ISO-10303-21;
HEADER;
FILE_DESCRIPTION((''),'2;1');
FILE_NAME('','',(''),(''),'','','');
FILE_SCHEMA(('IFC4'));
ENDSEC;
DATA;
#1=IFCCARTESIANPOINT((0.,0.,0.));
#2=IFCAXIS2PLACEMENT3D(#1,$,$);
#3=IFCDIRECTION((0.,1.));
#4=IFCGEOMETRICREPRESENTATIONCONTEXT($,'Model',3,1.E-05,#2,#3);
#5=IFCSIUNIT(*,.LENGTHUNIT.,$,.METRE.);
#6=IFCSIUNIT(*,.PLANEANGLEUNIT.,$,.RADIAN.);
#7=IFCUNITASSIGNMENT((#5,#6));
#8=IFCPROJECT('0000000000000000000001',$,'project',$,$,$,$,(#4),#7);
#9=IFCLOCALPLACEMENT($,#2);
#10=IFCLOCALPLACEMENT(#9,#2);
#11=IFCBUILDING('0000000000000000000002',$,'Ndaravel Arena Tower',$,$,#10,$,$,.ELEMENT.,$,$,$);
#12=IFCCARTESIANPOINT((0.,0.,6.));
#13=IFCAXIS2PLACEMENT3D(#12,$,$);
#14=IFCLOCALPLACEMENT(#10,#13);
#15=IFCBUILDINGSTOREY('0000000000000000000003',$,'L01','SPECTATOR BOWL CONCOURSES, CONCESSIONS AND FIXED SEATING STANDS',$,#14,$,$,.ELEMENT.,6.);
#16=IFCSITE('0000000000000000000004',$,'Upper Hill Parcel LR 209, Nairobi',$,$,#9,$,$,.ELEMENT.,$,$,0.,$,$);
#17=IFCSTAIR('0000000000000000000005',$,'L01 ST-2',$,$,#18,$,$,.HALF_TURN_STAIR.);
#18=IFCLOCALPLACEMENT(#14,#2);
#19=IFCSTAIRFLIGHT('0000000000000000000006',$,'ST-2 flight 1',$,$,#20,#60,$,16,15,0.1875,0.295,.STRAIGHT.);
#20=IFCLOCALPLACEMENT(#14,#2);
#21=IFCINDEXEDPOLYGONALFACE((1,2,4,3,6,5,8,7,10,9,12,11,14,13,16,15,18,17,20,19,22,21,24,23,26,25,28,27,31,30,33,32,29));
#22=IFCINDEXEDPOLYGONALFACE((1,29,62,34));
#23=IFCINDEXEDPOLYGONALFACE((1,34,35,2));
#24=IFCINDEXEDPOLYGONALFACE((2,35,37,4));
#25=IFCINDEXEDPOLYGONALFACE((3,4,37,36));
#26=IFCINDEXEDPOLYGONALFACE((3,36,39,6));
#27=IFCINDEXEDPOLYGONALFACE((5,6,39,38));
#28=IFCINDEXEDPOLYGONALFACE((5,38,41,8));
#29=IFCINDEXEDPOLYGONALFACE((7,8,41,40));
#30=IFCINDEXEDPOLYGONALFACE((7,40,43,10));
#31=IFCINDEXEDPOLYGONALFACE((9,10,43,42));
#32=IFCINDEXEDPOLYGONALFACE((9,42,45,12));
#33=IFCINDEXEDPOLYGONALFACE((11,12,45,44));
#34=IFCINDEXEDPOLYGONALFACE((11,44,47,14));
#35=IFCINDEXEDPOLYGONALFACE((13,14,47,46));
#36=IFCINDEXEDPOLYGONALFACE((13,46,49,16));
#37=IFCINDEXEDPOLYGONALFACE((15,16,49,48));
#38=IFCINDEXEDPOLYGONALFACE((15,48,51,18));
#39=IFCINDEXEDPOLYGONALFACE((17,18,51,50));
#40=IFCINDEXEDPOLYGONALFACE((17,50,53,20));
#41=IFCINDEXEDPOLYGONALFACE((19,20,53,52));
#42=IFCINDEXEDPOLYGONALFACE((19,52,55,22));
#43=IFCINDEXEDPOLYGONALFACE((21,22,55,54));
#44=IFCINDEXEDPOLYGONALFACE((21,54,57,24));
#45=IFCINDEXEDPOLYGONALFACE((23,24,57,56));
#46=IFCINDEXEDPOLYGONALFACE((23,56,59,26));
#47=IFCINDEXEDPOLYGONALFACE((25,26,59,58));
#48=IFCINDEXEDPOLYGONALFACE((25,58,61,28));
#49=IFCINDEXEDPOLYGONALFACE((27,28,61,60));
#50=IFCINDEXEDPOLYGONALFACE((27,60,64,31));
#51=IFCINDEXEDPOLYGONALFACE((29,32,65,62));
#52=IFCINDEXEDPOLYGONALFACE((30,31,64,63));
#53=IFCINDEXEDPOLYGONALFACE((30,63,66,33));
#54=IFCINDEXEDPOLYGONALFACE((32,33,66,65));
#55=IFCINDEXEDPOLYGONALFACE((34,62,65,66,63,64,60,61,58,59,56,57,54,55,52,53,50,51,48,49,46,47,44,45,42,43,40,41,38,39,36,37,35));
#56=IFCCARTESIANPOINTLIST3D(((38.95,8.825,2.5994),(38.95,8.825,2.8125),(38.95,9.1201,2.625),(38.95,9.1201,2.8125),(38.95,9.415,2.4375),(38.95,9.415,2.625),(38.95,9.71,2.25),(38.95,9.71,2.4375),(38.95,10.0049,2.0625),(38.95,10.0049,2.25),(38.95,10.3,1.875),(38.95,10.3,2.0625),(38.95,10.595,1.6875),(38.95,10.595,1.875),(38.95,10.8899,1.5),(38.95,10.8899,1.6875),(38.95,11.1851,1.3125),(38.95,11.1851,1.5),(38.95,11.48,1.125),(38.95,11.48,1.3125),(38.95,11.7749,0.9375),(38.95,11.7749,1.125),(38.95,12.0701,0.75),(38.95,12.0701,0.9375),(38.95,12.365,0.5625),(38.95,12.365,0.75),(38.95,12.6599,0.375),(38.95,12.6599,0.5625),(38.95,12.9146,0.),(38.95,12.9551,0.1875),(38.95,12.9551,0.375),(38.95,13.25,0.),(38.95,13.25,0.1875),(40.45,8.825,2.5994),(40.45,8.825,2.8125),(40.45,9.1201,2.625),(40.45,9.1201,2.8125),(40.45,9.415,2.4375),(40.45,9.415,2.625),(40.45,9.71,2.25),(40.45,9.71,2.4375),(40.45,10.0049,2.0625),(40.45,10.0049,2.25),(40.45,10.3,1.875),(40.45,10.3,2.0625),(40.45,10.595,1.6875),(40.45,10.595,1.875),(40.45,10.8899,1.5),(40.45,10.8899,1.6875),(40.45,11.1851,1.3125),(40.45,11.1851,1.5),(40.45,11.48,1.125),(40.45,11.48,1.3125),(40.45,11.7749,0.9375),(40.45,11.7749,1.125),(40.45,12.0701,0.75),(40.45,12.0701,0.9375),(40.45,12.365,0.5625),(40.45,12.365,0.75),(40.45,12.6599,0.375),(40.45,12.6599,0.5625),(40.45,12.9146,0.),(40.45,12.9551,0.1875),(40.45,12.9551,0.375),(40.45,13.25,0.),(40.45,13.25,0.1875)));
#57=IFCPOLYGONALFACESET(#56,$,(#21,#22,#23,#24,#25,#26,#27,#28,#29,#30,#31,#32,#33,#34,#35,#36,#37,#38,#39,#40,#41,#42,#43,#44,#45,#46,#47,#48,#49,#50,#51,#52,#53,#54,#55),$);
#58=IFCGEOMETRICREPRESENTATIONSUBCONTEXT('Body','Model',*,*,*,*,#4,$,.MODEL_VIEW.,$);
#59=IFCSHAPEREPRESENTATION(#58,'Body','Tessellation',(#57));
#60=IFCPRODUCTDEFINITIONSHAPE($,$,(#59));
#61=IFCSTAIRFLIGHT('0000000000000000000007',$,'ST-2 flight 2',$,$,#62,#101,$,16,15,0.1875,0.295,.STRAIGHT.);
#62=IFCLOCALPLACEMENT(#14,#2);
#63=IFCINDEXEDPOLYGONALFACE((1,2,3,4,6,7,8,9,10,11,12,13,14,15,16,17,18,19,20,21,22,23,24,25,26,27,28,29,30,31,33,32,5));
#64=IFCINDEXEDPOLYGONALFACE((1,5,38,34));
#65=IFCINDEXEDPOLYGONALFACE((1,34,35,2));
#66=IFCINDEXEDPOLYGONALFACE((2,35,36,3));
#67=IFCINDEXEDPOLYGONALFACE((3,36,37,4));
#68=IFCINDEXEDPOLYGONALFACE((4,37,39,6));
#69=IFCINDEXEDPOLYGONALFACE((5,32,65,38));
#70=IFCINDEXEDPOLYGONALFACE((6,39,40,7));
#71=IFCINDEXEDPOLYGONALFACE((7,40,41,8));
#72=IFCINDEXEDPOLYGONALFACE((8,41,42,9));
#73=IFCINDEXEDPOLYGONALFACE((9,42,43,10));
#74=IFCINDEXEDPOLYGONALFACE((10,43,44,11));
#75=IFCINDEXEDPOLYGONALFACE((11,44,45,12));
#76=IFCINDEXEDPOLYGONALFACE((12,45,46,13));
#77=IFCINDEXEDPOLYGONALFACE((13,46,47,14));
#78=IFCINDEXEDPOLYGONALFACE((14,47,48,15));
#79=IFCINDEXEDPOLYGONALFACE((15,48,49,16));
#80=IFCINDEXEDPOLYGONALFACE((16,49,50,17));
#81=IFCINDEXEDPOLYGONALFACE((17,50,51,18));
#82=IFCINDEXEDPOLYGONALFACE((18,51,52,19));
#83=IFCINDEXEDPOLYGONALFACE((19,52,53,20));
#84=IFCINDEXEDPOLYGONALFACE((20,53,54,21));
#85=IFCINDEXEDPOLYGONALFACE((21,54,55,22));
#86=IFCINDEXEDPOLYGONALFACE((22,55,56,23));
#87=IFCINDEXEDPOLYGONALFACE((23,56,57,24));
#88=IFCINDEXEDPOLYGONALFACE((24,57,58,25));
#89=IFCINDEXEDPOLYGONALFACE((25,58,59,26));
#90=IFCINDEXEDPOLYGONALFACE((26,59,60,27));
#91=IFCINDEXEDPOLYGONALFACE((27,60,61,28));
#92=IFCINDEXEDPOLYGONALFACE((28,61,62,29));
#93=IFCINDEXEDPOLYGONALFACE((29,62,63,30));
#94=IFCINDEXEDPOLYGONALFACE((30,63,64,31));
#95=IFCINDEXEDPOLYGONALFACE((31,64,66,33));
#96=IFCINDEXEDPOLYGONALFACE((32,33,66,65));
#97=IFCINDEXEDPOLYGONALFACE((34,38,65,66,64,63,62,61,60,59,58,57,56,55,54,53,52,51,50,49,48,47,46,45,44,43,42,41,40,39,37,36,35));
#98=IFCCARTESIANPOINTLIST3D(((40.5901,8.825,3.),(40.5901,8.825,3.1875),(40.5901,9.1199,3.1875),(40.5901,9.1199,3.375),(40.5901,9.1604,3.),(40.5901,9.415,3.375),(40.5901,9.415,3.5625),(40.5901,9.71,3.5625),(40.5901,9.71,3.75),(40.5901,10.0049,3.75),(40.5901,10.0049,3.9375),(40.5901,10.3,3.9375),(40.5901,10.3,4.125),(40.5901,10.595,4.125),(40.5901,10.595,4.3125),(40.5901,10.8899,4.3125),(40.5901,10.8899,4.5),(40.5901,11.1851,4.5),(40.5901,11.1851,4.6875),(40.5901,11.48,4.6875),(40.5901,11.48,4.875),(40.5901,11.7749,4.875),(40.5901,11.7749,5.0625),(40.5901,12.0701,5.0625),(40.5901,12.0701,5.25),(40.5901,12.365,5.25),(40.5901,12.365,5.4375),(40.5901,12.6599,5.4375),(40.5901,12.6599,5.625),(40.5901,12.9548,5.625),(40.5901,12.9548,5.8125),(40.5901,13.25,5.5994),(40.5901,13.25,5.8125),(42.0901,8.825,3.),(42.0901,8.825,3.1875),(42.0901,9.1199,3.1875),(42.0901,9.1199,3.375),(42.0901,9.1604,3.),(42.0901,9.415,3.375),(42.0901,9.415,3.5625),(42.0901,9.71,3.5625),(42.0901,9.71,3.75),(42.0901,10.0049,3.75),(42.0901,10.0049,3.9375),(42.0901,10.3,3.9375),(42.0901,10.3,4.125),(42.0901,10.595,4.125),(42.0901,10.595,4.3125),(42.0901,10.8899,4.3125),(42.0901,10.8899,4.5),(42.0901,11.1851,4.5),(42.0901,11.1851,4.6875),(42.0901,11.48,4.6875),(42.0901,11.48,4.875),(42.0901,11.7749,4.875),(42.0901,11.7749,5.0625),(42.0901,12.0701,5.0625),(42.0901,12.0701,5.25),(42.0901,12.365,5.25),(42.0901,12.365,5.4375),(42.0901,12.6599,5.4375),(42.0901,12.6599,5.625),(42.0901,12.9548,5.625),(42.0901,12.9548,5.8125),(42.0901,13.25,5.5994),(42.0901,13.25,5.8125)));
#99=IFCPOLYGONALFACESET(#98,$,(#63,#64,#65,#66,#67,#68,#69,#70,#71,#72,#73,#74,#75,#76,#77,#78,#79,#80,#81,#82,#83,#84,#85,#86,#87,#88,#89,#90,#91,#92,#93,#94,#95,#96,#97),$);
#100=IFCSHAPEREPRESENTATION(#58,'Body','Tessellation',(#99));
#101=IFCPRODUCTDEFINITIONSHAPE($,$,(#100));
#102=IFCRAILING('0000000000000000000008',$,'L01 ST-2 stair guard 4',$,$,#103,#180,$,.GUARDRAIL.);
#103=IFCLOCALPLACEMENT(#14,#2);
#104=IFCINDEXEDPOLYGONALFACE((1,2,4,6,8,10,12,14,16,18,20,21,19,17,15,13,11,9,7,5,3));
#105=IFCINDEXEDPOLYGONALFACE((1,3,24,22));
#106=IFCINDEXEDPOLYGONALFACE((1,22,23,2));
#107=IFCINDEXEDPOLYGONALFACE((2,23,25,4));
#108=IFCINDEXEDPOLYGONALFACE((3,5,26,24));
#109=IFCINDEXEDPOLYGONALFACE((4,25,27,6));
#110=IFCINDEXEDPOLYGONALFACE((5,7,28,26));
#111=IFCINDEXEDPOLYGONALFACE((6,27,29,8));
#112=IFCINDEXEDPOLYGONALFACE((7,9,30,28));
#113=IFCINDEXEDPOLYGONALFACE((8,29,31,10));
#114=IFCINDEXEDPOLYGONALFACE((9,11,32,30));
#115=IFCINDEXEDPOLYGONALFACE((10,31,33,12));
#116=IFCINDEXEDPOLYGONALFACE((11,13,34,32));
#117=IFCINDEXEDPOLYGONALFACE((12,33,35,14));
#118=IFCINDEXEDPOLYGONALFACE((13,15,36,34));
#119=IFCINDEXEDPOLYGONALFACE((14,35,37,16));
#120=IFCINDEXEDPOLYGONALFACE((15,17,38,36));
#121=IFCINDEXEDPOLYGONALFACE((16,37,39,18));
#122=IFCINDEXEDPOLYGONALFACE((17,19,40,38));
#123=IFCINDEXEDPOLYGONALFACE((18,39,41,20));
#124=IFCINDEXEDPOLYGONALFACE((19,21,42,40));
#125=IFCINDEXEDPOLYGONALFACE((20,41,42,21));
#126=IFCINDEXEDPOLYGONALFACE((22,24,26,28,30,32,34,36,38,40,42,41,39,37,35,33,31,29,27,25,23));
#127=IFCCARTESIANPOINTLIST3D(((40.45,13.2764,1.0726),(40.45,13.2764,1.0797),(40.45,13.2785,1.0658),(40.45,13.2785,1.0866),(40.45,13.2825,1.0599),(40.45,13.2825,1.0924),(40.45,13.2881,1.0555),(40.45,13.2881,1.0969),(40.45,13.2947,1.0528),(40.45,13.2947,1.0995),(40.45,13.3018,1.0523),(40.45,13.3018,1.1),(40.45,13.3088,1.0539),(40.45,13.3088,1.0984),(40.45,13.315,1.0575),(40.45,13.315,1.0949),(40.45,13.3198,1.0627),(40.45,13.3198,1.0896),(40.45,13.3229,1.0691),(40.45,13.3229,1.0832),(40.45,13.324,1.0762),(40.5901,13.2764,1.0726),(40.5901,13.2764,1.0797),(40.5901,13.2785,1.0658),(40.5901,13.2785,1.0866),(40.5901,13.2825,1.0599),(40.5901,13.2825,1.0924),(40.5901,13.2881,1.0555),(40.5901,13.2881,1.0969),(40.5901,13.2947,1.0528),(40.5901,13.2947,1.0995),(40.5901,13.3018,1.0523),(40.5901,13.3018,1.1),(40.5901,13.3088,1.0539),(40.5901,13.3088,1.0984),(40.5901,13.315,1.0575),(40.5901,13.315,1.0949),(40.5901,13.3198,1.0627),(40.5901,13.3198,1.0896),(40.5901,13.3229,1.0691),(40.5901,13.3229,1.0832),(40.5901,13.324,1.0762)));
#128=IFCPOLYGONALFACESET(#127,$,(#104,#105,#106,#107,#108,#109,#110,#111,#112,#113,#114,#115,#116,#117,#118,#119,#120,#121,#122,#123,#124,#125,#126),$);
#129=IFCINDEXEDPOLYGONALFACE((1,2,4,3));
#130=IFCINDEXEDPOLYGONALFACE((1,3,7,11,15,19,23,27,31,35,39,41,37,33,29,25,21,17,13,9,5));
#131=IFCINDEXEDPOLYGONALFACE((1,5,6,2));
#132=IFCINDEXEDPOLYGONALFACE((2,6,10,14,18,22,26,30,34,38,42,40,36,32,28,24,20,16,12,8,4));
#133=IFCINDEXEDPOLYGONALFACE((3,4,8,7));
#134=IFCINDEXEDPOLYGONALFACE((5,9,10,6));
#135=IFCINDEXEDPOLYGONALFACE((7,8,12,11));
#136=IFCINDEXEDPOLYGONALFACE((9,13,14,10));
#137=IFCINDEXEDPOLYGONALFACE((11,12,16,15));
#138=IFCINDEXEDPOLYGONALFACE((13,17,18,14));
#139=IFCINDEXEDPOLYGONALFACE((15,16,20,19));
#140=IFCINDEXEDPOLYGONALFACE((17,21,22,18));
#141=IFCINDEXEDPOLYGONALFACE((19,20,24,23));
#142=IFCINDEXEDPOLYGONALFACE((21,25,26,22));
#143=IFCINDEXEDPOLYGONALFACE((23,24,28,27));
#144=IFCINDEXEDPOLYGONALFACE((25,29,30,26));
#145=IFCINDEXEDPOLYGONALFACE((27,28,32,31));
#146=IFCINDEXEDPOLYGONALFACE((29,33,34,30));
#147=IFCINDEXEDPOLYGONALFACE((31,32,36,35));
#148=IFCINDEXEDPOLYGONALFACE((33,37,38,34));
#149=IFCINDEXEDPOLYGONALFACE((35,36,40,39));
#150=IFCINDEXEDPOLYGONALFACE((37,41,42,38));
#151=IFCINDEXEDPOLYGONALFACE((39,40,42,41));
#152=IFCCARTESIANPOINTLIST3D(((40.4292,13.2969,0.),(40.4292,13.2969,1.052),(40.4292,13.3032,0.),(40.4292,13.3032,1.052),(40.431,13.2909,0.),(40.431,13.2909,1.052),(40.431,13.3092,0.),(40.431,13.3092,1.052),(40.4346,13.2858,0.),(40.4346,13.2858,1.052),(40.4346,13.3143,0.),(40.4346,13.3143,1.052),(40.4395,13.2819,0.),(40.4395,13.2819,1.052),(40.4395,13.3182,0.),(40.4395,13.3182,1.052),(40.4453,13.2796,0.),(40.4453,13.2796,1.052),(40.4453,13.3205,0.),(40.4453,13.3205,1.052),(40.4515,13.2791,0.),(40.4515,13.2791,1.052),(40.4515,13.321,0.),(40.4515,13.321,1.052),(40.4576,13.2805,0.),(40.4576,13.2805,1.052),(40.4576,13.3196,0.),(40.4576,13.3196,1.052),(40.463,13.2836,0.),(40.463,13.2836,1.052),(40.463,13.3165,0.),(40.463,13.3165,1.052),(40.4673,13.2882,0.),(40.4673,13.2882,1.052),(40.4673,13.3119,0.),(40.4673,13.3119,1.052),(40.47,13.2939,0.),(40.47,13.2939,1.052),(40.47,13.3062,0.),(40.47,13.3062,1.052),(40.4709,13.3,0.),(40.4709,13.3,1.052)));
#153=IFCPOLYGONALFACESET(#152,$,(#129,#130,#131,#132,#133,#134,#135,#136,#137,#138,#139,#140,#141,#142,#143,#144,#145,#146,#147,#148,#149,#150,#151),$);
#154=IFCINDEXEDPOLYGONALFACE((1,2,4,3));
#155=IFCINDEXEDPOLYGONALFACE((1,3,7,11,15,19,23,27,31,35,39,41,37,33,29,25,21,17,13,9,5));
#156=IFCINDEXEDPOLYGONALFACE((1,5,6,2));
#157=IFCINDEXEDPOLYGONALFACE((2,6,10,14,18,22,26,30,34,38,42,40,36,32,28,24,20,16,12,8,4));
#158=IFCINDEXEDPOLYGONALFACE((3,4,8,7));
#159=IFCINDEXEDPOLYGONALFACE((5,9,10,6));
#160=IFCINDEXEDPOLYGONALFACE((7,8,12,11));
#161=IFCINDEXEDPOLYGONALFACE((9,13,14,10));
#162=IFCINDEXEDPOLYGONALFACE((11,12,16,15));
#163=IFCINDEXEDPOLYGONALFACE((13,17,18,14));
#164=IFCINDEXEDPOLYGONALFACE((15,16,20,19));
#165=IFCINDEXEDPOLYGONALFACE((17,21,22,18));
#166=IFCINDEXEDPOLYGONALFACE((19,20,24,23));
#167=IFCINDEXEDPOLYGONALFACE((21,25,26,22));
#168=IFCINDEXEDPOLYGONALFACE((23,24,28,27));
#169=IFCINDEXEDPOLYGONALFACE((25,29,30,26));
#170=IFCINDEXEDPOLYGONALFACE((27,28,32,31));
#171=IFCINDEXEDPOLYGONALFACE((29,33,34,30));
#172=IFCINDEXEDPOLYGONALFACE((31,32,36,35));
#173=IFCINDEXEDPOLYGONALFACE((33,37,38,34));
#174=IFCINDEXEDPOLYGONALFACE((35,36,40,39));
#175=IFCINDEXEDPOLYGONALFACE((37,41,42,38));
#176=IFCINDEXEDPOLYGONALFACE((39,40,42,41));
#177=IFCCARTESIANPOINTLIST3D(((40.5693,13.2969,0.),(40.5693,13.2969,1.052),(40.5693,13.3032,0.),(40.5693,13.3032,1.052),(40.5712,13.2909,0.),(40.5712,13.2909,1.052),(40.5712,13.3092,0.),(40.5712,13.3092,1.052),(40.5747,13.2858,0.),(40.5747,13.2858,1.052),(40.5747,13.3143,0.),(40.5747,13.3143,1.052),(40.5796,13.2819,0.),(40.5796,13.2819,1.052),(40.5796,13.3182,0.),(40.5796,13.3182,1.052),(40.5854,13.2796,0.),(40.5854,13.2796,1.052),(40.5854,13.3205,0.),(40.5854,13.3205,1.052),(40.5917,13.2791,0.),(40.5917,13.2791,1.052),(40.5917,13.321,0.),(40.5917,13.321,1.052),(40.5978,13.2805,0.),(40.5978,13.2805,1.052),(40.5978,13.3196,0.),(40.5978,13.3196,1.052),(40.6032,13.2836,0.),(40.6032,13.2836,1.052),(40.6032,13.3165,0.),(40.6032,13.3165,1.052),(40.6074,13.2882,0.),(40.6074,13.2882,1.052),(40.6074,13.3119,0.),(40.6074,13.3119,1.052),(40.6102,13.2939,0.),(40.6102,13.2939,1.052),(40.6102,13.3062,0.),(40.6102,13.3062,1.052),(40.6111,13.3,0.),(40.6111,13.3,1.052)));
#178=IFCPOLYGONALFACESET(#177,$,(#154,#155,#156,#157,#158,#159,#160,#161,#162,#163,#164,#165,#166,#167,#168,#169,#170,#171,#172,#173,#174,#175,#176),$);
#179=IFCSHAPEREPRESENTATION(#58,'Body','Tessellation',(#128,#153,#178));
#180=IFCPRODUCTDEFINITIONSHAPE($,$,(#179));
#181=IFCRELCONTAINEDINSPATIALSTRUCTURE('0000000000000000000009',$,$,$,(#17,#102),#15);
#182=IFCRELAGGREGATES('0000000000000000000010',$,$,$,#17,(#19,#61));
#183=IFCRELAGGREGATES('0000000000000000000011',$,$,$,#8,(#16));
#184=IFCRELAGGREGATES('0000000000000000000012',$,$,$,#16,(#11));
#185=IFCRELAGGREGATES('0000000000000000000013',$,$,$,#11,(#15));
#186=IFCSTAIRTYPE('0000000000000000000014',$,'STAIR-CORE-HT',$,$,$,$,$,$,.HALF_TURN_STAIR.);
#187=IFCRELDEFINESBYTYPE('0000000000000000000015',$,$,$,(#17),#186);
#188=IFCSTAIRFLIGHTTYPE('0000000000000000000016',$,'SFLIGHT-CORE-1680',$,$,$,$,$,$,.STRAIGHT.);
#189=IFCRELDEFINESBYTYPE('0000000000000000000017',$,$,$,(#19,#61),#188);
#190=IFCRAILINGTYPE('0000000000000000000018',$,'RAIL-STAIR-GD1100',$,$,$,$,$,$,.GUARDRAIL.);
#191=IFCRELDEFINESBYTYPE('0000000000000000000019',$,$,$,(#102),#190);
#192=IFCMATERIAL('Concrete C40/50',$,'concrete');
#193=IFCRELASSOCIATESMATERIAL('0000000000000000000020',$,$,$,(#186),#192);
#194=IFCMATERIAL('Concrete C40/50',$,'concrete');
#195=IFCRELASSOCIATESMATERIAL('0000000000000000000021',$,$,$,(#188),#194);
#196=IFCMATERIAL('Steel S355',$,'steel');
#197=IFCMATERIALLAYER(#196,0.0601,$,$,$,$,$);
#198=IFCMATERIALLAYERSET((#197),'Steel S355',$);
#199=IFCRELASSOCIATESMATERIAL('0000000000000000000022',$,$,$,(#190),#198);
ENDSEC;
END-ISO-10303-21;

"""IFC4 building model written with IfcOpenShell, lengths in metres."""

from ifc_helpers import new_model, si_unit, direction, frame, origin, origin_2d, place, context, subcontext, project, spatial, polyline, circle, outline, extrude, material, layer, layer_set, type_object, element, aggregate, save


model = new_model("IFC4")

# Units and contexts
model_context = context("Model", 3, precision=1e-05, world=origin(), true_north=direction((0.0, 1.0)))
body_context = subcontext(model_context, "Body", "Model", "MODEL_VIEW")
ifc_project = project(units=[si_unit("LENGTHUNIT", "METRE"), si_unit("PLANEANGLEUNIT", "RADIAN")], contexts=[model_context])

# Site, building, storey
site_placement = place(None, origin())
site = spatial("IfcSite", under=ifc_project, at=site_placement, Name="Upper Hill Parcel LR 209, Nairobi", CompositionType="ELEMENT", RefElevation=0.0)
building_placement = place(site_placement, origin())
building = spatial("IfcBuilding", under=site, at=building_placement, Name="Ndaravel Arena Tower", CompositionType="ELEMENT")
storey_placement = place(building_placement, frame((0.0, 0.0, 6.0)))
storey = spatial("IfcBuildingStorey", under=building, at=storey_placement, Name="L01", Description="SPECTATOR BOWL CONCOURSES, CONCESSIONS AND FIXED SEATING STANDS", CompositionType="ELEMENT", Elevation=6.0)

# Stair, stair flights
ifc_material_1 = material(Name="Concrete C40/50", Category="concrete")
stair_type = type_object("IfcStairType", Name="STAIR-CORE-HT", PredefinedType="HALF_TURN_STAIR", material=ifc_material_1)
stair_placement = place(storey_placement, origin())
stair = element("IfcStair", 1, at=stair_placement, inside=storey, type_object=stair_type, Name="L01 ST-2", PredefinedType="HALF_TURN_STAIR")
ifc_material_2 = material(Name="Concrete C40/50", Category="concrete")
stair_flight_type = type_object("IfcStairFlightType", Name="SFLIGHT-CORE-1680", PredefinedType="STRAIGHT", material=ifc_material_2)
stair_flight_1_placement = place(storey_placement, frame((39.7, 13.25, 0.0), z_axis=(0.0, 0.0, 1.0), x_axis=(0.0, -1.0, 0.0)))
stair_flight_1 = element("IfcStairFlight", 2, at=stair_flight_1_placement, type_object=stair_flight_type, Name="ST-2 flight 1", NumberOfRisers=16, NumberOfTreads=15, PredefinedType="STRAIGHT", RiserHeight=0.1875, TreadLength=0.295, context=body_context, shape_type="SweptSolid", body=[
    extrude(outline(polyline([(0.0, 0.0), (0.0, 0.1875), (0.2949, 0.1875), (0.2949, 0.375), (0.5901, 0.375), (0.5901, 0.5625), (0.885, 0.5625), (0.885, 0.75), (1.1799, 0.75), (1.1799, 0.9375), (1.4751, 0.9375), (1.4751, 1.125), (1.77, 1.125), (1.77, 1.3125), (2.0649, 1.3125), (2.0649, 1.5), (2.3601, 1.5), (2.3601, 1.6875), (2.655, 1.6875), (2.655, 1.875), (2.95, 1.875), (2.95, 2.0625), (3.2451, 2.0625), (3.2451, 2.25), (3.54, 2.25), (3.54, 2.4375), (3.835, 2.4375), (3.835, 2.625), (4.1299, 2.625), (4.1299, 2.8125), (4.425, 2.8125), (4.425, 3.0), (4.425, 2.5994), (0.3354, 0.0), (0.0, 0.0)])), frame((0.0, 0.75, 0.0), z_axis=(0.0, -1.0, 0.0), x_axis=(1.0, 0.0, 0.0)), (0.0, 0.0, 1.0), 1.5),
])
stair_flight_2_placement = place(storey_placement, frame((41.3401, 8.825, 3.0), z_axis=(0.0, 0.0, 1.0), x_axis=(0.0, 1.0, 0.0)))
stair_flight_2 = element("IfcStairFlight", 3, at=stair_flight_2_placement, type_object=stair_flight_type, Name="ST-2 flight 2", NumberOfRisers=16, NumberOfTreads=15, PredefinedType="STRAIGHT", RiserHeight=0.1875, TreadLength=0.295, context=body_context, shape_type="SweptSolid", body=[
    extrude(outline(polyline([(0.0, 0.0), (0.0, 0.1875), (0.2949, 0.1875), (0.2949, 0.375), (0.5901, 0.375), (0.5901, 0.5625), (0.885, 0.5625), (0.885, 0.75), (1.1799, 0.75), (1.1799, 0.9375), (1.4751, 0.9375), (1.4751, 1.125), (1.77, 1.125), (1.77, 1.3125), (2.0649, 1.3125), (2.0649, 1.5), (2.3601, 1.5), (2.3601, 1.6875), (2.655, 1.6875), (2.655, 1.875), (2.95, 1.875), (2.95, 2.0625), (3.2451, 2.0625), (3.2451, 2.25), (3.54, 2.25), (3.54, 2.4375), (3.835, 2.4375), (3.835, 2.625), (4.1299, 2.625), (4.1299, 2.8125), (4.425, 2.8125), (4.425, 3.0), (4.425, 2.5994), (0.3354, 0.0), (0.0, 0.0)])), frame((0.0, 0.75, 0.0), z_axis=(0.0, -1.0, 0.0), x_axis=(1.0, 0.0, 0.0)), (0.0, 0.0, 1.0), 1.5),
])
aggregate(stair, [stair_flight_1, stair_flight_2])

# Railing
ifc_material_3 = material(Name="Steel S355", Category="steel")
ifc_layer_1 = layer(ifc_material_3, 0.0601)
ifc_layer_set_1 = layer_set([ifc_layer_1], Name="Steel S355")
railing_type_1 = type_object("IfcRailingType", Name="RAIL-STAIR-GD1100", PredefinedType="GUARDRAIL", material=ifc_layer_set_1)
railing_1_placement = place(storey_placement, frame((40.45, 13.3, 0.0)))
element("IfcRailing", 4, at=railing_1_placement, inside=storey, type_object=railing_type_1, Name="L01 ST-2 stair guard 4", PredefinedType="GUARDRAIL", context=body_context, shape_type="SweptSolid", body=[
    extrude(circle(Radius=0.0239, at=origin_2d()), frame((0.0, 0.0, 1.0762), z_axis=(1.0, 0.0, 0.0), x_axis=(0.0, 1.0, 0.0)), (0.0, 0.0, 1.0), 0.1401),
    extrude(circle(Radius=0.021, at=origin_2d()), origin(), (0.0, 0.0, 1.0), 1.052),
    extrude(circle(Radius=0.021, at=origin_2d()), frame((0.1401, 0.0, 0.0)), (0.0, 0.0, 1.0), 1.052),
])

save(model, "model.ifc")
